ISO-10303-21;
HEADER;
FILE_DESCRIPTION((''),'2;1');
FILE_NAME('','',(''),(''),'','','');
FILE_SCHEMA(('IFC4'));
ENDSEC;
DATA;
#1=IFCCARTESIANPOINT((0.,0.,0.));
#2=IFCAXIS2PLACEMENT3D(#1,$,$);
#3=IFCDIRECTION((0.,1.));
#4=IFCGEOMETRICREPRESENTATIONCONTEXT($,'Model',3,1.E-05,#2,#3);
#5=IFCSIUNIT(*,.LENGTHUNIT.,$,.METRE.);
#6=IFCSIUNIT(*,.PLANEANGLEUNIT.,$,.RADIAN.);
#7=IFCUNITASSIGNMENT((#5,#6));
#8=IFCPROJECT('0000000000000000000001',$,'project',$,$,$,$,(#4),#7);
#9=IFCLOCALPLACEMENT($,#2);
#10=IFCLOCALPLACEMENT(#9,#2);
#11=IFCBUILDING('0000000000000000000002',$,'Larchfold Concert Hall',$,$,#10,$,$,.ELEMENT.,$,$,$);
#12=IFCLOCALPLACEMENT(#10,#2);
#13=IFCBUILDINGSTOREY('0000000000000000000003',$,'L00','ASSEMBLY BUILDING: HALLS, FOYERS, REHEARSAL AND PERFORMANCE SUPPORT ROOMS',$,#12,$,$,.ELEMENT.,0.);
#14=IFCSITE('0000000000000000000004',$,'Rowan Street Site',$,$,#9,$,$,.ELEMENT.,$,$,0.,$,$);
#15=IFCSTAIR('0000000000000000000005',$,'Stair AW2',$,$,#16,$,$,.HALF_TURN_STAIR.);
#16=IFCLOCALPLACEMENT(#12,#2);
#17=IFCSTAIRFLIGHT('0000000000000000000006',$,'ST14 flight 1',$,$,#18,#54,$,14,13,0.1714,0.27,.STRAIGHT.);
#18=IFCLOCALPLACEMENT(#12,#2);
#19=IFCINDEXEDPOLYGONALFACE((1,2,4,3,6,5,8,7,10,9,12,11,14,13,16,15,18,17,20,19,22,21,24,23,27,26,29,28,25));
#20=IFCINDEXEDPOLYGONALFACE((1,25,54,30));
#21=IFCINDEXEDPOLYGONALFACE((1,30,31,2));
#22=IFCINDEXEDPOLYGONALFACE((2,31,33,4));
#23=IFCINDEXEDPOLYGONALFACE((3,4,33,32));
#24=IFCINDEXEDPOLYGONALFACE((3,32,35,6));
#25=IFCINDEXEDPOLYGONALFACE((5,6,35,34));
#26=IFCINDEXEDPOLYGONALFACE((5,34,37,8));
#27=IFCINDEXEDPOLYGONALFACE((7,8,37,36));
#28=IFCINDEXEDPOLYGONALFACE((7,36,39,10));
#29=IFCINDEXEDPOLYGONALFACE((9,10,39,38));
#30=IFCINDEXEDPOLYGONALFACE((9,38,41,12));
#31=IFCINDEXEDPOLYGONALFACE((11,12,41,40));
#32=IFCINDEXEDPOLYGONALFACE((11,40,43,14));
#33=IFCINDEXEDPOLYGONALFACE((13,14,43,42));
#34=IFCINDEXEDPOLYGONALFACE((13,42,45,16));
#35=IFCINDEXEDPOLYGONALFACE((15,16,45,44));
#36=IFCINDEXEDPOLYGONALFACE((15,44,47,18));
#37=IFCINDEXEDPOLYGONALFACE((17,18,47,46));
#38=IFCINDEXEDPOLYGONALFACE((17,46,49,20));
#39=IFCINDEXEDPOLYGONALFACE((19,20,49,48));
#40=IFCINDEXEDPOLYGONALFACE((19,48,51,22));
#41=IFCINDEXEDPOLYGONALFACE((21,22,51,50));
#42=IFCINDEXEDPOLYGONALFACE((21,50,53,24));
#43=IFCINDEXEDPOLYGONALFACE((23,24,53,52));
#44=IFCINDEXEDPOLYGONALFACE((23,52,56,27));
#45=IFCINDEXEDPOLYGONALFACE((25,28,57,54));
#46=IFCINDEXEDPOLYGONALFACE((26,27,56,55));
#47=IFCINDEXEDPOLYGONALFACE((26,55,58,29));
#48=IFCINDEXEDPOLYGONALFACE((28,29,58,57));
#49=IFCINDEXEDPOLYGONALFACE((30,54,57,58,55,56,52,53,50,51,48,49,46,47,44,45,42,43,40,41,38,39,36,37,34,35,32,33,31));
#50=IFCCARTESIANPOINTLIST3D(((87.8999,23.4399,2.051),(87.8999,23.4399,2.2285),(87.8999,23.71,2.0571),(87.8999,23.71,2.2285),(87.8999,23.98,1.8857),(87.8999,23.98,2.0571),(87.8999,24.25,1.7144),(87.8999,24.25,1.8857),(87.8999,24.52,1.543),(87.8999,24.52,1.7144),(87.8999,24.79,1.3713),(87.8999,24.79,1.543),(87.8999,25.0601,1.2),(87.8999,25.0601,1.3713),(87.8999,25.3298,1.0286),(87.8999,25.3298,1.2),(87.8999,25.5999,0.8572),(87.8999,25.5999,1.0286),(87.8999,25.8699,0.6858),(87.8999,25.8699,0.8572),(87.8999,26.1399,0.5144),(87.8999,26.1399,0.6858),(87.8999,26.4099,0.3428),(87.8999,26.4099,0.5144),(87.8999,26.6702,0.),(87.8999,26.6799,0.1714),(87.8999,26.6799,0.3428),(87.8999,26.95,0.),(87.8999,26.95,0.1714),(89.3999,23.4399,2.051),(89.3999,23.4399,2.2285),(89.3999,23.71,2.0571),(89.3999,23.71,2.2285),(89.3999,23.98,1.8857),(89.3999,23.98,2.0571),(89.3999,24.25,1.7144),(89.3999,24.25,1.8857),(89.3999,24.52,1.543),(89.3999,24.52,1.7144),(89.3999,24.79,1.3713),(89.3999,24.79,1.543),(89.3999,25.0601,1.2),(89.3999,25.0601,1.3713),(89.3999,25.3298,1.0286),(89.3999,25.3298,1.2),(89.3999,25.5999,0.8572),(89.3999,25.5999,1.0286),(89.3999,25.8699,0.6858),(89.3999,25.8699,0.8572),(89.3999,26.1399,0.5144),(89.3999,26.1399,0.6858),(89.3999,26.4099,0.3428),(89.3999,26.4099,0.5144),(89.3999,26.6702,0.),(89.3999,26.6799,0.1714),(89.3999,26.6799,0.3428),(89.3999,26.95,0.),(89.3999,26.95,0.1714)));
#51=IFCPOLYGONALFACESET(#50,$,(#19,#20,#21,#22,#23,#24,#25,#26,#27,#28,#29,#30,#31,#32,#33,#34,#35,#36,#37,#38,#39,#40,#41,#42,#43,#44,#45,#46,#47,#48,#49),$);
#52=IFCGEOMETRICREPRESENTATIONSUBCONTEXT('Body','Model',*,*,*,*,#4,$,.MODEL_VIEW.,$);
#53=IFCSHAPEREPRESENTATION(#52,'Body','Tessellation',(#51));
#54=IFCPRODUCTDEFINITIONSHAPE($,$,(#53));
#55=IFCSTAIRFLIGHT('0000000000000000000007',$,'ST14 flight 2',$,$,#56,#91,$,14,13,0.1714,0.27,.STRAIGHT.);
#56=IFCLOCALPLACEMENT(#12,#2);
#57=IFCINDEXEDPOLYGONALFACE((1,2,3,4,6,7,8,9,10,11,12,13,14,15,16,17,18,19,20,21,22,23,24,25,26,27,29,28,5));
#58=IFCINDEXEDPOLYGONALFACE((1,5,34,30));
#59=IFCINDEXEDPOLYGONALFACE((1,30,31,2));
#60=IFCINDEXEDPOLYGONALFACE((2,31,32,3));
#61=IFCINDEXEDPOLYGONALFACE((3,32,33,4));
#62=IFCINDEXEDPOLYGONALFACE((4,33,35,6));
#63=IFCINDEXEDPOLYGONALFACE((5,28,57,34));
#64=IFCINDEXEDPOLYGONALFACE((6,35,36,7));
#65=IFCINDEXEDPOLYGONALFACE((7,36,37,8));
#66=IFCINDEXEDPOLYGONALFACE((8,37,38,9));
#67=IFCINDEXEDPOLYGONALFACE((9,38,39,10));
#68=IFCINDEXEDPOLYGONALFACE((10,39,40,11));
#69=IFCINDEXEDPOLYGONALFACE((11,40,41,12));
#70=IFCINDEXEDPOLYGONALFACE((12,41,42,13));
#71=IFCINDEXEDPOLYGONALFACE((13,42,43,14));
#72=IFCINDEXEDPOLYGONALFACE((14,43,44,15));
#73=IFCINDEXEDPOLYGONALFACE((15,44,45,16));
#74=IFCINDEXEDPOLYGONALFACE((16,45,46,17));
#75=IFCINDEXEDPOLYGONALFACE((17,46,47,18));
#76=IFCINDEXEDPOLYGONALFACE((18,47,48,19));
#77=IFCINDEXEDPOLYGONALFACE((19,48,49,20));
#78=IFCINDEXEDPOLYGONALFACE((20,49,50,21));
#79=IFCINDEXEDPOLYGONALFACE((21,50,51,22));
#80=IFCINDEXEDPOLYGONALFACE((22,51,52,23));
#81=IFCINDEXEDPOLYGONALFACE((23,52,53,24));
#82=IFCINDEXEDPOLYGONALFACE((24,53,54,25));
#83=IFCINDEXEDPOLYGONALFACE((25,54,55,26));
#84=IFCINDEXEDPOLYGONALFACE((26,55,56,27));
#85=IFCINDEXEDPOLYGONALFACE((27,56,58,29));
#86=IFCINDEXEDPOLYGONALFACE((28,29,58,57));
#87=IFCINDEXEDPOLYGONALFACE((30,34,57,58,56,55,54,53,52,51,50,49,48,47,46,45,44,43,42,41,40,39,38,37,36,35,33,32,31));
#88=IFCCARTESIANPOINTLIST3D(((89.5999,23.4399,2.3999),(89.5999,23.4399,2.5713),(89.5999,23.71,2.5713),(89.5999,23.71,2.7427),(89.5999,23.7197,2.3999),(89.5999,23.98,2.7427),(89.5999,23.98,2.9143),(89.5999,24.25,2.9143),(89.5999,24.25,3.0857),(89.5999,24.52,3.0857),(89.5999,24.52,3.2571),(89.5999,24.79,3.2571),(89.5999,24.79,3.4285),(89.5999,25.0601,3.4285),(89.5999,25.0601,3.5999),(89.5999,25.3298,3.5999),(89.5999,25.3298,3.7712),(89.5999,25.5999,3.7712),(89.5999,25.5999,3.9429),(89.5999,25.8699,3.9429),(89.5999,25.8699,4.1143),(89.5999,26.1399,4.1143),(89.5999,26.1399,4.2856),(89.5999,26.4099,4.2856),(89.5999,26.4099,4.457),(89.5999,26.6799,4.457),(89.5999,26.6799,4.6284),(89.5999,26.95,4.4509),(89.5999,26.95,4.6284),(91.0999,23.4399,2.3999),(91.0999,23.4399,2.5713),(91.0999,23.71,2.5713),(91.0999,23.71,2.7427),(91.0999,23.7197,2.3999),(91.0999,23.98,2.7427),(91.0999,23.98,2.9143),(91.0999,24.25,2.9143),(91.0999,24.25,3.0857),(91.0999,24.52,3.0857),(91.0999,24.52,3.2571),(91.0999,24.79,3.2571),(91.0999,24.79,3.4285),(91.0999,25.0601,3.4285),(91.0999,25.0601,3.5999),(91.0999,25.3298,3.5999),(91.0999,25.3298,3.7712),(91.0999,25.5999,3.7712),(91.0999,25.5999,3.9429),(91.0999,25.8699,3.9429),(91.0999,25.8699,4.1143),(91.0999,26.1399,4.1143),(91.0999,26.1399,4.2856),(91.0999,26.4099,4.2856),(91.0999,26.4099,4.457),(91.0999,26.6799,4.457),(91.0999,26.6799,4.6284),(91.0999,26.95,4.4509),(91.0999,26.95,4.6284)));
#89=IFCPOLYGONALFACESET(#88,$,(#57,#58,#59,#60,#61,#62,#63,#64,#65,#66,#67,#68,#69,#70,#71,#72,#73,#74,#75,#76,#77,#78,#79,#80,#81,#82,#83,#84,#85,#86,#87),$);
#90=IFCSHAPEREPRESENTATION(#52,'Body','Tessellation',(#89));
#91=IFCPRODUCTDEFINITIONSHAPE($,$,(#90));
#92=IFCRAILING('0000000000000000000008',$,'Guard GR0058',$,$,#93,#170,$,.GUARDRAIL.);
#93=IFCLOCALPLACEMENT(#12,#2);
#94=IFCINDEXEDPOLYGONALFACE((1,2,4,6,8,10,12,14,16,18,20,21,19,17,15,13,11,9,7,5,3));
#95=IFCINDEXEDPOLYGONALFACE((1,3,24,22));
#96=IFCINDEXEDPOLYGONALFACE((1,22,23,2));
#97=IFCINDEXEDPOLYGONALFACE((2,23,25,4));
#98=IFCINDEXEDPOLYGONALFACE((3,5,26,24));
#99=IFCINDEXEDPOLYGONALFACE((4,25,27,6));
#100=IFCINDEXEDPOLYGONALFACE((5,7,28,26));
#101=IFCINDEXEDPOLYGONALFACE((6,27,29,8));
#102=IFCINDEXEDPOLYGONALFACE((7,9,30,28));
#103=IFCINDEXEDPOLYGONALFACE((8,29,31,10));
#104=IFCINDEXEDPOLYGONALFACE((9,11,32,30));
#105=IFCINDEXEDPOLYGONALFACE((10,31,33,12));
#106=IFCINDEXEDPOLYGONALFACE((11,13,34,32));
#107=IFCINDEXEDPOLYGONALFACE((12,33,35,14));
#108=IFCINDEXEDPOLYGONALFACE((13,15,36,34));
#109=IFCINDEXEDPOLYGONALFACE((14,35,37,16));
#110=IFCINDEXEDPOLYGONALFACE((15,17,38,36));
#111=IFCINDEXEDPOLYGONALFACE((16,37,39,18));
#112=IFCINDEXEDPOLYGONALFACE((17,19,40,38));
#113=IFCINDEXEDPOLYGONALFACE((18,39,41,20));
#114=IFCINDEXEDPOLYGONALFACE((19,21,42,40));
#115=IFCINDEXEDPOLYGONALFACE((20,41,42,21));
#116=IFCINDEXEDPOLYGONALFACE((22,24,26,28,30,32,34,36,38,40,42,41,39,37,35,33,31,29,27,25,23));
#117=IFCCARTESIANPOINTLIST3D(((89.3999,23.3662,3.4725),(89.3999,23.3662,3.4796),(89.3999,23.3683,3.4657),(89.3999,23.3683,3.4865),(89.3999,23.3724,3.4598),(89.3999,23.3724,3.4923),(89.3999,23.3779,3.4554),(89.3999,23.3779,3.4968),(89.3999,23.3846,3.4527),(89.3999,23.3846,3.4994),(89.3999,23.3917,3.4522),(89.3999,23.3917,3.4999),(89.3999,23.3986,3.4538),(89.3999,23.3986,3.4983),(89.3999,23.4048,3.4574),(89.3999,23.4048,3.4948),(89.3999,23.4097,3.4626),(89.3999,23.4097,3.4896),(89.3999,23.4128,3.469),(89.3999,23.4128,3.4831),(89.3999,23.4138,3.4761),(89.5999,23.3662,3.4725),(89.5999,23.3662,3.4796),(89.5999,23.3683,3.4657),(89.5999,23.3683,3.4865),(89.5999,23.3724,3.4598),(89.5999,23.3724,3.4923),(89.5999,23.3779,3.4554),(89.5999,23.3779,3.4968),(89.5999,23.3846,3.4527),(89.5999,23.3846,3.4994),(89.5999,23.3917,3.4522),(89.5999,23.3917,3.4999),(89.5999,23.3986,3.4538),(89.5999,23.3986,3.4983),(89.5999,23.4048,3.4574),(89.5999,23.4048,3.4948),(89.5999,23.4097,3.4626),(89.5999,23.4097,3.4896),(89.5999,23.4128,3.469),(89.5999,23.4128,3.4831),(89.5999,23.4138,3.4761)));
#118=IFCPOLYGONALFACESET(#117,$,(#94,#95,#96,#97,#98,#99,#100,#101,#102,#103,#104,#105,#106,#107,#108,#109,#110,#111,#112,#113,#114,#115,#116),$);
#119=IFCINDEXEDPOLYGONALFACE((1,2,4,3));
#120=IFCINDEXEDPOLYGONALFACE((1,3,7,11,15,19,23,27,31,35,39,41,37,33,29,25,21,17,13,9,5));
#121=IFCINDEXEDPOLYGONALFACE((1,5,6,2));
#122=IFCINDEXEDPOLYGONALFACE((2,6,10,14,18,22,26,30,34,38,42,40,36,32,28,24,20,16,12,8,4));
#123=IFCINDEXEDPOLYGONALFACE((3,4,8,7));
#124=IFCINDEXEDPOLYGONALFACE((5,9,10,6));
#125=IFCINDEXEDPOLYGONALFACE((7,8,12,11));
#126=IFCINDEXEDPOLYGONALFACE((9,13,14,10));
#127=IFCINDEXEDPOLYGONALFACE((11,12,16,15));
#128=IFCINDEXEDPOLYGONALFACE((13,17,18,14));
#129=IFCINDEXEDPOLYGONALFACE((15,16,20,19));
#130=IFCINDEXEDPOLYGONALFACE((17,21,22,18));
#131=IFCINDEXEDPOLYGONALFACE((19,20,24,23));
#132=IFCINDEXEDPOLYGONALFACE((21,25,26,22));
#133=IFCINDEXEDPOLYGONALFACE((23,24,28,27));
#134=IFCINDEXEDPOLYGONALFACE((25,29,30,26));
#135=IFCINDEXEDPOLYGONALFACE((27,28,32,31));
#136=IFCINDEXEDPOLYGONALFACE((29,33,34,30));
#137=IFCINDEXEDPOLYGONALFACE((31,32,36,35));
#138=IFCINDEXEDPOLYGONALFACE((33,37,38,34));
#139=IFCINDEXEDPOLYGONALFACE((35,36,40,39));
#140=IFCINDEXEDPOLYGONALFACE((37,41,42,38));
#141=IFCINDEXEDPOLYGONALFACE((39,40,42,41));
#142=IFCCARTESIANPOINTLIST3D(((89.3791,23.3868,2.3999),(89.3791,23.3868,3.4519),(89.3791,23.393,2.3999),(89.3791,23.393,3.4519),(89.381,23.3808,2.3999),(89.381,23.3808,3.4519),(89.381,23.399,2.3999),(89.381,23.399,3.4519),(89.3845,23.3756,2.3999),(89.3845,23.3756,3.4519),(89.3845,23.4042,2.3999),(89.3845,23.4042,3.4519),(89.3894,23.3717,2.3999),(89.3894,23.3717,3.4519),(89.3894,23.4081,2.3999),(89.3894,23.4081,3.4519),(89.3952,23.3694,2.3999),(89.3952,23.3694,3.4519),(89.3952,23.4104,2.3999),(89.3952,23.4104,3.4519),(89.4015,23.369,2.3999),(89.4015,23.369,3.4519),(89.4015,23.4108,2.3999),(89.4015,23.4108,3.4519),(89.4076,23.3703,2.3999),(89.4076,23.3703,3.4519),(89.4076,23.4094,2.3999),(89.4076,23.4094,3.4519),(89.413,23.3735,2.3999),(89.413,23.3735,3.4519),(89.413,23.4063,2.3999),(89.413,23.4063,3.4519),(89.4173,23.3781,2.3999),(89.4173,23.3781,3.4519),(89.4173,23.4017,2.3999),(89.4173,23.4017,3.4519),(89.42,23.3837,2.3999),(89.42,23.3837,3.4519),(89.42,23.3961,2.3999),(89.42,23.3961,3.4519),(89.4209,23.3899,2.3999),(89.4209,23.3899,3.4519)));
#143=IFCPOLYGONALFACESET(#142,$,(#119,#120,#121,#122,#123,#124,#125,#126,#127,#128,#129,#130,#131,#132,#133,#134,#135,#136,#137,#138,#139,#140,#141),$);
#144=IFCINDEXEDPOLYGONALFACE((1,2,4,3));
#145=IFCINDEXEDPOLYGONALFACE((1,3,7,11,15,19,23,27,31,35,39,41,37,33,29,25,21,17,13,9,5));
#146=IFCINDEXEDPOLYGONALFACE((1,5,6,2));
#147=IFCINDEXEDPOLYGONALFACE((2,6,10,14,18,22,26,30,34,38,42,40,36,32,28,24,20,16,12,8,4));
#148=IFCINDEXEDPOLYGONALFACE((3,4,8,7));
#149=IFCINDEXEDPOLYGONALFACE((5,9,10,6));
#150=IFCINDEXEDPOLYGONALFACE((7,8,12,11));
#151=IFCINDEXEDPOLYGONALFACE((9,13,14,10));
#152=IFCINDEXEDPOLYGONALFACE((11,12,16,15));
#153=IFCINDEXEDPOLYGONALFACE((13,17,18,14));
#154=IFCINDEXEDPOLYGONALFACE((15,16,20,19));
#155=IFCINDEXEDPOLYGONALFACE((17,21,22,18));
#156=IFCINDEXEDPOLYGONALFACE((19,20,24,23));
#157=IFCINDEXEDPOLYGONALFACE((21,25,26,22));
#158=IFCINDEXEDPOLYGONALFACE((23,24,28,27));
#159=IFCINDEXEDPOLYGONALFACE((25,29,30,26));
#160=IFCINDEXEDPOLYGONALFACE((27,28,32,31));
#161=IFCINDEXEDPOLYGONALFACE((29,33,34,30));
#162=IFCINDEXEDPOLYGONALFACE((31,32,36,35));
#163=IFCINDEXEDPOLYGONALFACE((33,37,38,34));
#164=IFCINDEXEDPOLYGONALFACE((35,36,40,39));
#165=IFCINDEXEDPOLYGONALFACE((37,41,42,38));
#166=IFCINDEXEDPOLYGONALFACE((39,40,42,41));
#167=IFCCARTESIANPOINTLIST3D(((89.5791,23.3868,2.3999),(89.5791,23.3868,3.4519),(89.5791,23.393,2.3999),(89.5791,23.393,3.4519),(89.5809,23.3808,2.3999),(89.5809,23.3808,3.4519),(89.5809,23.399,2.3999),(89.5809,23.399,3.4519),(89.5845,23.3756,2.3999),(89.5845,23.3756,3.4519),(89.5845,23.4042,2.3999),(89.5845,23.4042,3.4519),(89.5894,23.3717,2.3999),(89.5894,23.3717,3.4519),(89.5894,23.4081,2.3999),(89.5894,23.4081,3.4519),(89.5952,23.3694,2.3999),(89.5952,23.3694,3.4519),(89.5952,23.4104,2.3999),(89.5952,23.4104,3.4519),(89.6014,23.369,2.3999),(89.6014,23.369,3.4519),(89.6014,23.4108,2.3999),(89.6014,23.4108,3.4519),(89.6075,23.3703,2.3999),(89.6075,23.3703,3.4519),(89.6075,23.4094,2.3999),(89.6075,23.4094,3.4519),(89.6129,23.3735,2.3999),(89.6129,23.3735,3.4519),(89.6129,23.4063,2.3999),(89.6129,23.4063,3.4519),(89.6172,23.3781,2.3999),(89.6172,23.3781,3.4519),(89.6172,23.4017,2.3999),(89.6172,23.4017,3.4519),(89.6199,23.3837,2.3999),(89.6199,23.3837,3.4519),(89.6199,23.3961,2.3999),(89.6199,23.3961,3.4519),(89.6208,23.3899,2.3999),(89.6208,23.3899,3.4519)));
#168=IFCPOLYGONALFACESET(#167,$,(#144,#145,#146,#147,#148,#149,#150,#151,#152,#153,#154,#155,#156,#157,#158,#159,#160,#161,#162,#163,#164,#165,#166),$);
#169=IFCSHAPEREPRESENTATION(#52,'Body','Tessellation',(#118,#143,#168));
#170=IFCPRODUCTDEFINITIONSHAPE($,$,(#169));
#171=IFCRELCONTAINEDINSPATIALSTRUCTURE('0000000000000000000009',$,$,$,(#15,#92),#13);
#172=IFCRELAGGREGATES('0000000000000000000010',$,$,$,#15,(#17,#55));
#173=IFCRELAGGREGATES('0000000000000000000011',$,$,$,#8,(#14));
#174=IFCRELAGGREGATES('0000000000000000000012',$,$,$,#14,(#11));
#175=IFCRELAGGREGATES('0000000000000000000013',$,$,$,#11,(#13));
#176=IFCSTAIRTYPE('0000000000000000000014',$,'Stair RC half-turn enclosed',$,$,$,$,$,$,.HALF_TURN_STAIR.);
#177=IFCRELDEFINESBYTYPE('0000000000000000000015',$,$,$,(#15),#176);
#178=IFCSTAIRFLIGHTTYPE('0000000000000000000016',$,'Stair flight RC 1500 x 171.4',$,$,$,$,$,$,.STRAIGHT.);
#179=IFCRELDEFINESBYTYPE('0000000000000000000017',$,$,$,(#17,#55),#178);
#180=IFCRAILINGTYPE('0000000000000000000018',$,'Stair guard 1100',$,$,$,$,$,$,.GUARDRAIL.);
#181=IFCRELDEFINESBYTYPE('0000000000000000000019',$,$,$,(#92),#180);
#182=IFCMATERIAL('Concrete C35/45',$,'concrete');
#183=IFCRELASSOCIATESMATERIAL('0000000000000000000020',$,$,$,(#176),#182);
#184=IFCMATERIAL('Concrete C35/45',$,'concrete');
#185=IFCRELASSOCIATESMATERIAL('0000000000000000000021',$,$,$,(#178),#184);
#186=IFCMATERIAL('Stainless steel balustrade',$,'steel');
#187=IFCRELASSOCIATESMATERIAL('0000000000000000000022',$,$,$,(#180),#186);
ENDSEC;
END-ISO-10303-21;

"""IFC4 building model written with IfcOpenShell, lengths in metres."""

from ifc_helpers import new_model, si_unit, direction, frame, origin, origin_2d, place, context, subcontext, project, spatial, polyline, circle, outline, extrude, material, type_object, element, aggregate, save


model = new_model("IFC4")

# Units and contexts
model_context = context("Model", 3, precision=1e-05, world=origin(), true_north=direction((0.0, 1.0)))
body_context = subcontext(model_context, "Body", "Model", "MODEL_VIEW")
ifc_project = project(units=[si_unit("LENGTHUNIT", "METRE"), si_unit("PLANEANGLEUNIT", "RADIAN")], contexts=[model_context])

# Site, building, storey
site_placement = place(None, origin())
site = spatial("IfcSite", under=ifc_project, at=site_placement, Name="Rowan Street Site", CompositionType="ELEMENT", RefElevation=0.0)
building_placement = place(site_placement, origin())
building = spatial("IfcBuilding", under=site, at=building_placement, Name="Larchfold Concert Hall", CompositionType="ELEMENT")
storey_placement = place(building_placement, origin())
storey = spatial("IfcBuildingStorey", under=building, at=storey_placement, Name="L00", Description="ASSEMBLY BUILDING: HALLS, FOYERS, REHEARSAL AND PERFORMANCE SUPPORT ROOMS", CompositionType="ELEMENT", Elevation=0.0)

# Stair, stair flights
ifc_material_1 = material(Name="Concrete C35/45", Category="concrete")
stair_type = type_object("IfcStairType", Name="Stair RC half-turn enclosed", PredefinedType="HALF_TURN_STAIR", material=ifc_material_1)
stair_placement = place(storey_placement, origin())
stair = element("IfcStair", 1, at=stair_placement, inside=storey, type_object=stair_type, Name="Stair AW2", PredefinedType="HALF_TURN_STAIR")
ifc_material_2 = material(Name="Concrete C35/45", Category="concrete")
stair_flight_type = type_object("IfcStairFlightType", Name="Stair flight RC 1500 x 171.4", PredefinedType="STRAIGHT", material=ifc_material_2)
stair_flight_1_placement = place(storey_placement, frame((88.6499, 26.95, 0.0), z_axis=(0.0, 0.0, 1.0), x_axis=(0.0, -1.0, 0.0)))
stair_flight_1 = element("IfcStairFlight", 2, at=stair_flight_1_placement, type_object=stair_flight_type, Name="ST14 flight 1", NumberOfRisers=14, NumberOfTreads=13, PredefinedType="STRAIGHT", RiserHeight=0.1714, TreadLength=0.27, context=body_context, shape_type="SweptSolid", body=[
    extrude(outline(polyline([(0.0, 0.0), (0.0, 0.1714), (0.27, 0.1714), (0.27, 0.3428), (0.54, 0.3428), (0.54, 0.5144), (0.8101, 0.5144), (0.8101, 0.6858), (1.0801, 0.6858), (1.0801, 0.8572), (1.3501, 0.8572), (1.3501, 1.0286), (1.6201, 1.0286), (1.6201, 1.2), (1.8899, 1.2), (1.8899, 1.3713), (2.1599, 1.3713), (2.1599, 1.543), (2.4299, 1.543), (2.4299, 1.7144), (2.7, 1.7144), (2.7, 1.8857), (2.97, 1.8857), (2.97, 2.0571), (3.24, 2.0571), (3.24, 2.2285), (3.51, 2.2285), (3.51, 2.3999), (3.51, 2.051), (0.2798, 0.0), (0.0, 0.0)])), frame((0.0, 0.75, 0.0), z_axis=(0.0, -1.0, 0.0), x_axis=(1.0, 0.0, 0.0)), (0.0, 0.0, 1.0), 1.5),
])
stair_flight_2_placement = place(storey_placement, frame((90.3499, 23.4399, 2.3999), z_axis=(0.0, 0.0, 1.0), x_axis=(0.0, 1.0, 0.0)))
stair_flight_2 = element("IfcStairFlight", 3, at=stair_flight_2_placement, type_object=stair_flight_type, Name="ST14 flight 2", NumberOfRisers=14, NumberOfTreads=13, PredefinedType="STRAIGHT", RiserHeight=0.1714, TreadLength=0.27, context=body_context, shape_type="SweptSolid", body=[
    extrude(outline(polyline([(0.0, 0.0), (0.0, 0.1714), (0.27, 0.1714), (0.27, 0.3428), (0.54, 0.3428), (0.54, 0.5144), (0.8101, 0.5144), (0.8101, 0.6858), (1.0801, 0.6858), (1.0801, 0.8572), (1.3501, 0.8572), (1.3501, 1.0286), (1.6201, 1.0286), (1.6201, 1.2), (1.8899, 1.2), (1.8899, 1.3713), (2.1599, 1.3713), (2.1599, 1.543), (2.4299, 1.543), (2.4299, 1.7144), (2.7, 1.7144), (2.7, 1.8857), (2.97, 1.8857), (2.97, 2.0571), (3.24, 2.0571), (3.24, 2.2285), (3.51, 2.2285), (3.51, 2.3999), (3.51, 2.051), (0.2798, 0.0), (0.0, 0.0)])), frame((0.0, 0.75, 0.0), z_axis=(0.0, -1.0, 0.0), x_axis=(1.0, 0.0, 0.0)), (0.0, 0.0, 1.0), 1.5),
])
aggregate(stair, [stair_flight_1, stair_flight_2])

# Railing
ifc_material_3 = material(Name="Stainless steel balustrade", Category="steel")
railing_type_1 = type_object("IfcRailingType", Name="Stair guard 1100", PredefinedType="GUARDRAIL", material=ifc_material_3)
railing_1_placement = place(storey_placement, frame((89.3999, 23.3899, 2.3999)))
element("IfcRailing", 4, at=railing_1_placement, inside=storey, type_object=railing_type_1, Name="Guard GR0058", PredefinedType="GUARDRAIL", context=body_context, shape_type="SweptSolid", body=[
    extrude(circle(Radius=0.0239, at=origin_2d()), frame((0.0, 0.0, 1.0762), z_axis=(1.0, 0.0, 0.0), x_axis=(0.0, 1.0, 0.0)), (0.0, 0.0, 1.0), 0.2),
    extrude(circle(Radius=0.021, at=origin_2d()), origin(), (0.0, 0.0, 1.0), 1.052),
    extrude(circle(Radius=0.021, at=origin_2d()), frame((0.2, 0.0, 0.0)), (0.0, 0.0, 1.0), 1.052),
])

save(model, "model.ifc")
